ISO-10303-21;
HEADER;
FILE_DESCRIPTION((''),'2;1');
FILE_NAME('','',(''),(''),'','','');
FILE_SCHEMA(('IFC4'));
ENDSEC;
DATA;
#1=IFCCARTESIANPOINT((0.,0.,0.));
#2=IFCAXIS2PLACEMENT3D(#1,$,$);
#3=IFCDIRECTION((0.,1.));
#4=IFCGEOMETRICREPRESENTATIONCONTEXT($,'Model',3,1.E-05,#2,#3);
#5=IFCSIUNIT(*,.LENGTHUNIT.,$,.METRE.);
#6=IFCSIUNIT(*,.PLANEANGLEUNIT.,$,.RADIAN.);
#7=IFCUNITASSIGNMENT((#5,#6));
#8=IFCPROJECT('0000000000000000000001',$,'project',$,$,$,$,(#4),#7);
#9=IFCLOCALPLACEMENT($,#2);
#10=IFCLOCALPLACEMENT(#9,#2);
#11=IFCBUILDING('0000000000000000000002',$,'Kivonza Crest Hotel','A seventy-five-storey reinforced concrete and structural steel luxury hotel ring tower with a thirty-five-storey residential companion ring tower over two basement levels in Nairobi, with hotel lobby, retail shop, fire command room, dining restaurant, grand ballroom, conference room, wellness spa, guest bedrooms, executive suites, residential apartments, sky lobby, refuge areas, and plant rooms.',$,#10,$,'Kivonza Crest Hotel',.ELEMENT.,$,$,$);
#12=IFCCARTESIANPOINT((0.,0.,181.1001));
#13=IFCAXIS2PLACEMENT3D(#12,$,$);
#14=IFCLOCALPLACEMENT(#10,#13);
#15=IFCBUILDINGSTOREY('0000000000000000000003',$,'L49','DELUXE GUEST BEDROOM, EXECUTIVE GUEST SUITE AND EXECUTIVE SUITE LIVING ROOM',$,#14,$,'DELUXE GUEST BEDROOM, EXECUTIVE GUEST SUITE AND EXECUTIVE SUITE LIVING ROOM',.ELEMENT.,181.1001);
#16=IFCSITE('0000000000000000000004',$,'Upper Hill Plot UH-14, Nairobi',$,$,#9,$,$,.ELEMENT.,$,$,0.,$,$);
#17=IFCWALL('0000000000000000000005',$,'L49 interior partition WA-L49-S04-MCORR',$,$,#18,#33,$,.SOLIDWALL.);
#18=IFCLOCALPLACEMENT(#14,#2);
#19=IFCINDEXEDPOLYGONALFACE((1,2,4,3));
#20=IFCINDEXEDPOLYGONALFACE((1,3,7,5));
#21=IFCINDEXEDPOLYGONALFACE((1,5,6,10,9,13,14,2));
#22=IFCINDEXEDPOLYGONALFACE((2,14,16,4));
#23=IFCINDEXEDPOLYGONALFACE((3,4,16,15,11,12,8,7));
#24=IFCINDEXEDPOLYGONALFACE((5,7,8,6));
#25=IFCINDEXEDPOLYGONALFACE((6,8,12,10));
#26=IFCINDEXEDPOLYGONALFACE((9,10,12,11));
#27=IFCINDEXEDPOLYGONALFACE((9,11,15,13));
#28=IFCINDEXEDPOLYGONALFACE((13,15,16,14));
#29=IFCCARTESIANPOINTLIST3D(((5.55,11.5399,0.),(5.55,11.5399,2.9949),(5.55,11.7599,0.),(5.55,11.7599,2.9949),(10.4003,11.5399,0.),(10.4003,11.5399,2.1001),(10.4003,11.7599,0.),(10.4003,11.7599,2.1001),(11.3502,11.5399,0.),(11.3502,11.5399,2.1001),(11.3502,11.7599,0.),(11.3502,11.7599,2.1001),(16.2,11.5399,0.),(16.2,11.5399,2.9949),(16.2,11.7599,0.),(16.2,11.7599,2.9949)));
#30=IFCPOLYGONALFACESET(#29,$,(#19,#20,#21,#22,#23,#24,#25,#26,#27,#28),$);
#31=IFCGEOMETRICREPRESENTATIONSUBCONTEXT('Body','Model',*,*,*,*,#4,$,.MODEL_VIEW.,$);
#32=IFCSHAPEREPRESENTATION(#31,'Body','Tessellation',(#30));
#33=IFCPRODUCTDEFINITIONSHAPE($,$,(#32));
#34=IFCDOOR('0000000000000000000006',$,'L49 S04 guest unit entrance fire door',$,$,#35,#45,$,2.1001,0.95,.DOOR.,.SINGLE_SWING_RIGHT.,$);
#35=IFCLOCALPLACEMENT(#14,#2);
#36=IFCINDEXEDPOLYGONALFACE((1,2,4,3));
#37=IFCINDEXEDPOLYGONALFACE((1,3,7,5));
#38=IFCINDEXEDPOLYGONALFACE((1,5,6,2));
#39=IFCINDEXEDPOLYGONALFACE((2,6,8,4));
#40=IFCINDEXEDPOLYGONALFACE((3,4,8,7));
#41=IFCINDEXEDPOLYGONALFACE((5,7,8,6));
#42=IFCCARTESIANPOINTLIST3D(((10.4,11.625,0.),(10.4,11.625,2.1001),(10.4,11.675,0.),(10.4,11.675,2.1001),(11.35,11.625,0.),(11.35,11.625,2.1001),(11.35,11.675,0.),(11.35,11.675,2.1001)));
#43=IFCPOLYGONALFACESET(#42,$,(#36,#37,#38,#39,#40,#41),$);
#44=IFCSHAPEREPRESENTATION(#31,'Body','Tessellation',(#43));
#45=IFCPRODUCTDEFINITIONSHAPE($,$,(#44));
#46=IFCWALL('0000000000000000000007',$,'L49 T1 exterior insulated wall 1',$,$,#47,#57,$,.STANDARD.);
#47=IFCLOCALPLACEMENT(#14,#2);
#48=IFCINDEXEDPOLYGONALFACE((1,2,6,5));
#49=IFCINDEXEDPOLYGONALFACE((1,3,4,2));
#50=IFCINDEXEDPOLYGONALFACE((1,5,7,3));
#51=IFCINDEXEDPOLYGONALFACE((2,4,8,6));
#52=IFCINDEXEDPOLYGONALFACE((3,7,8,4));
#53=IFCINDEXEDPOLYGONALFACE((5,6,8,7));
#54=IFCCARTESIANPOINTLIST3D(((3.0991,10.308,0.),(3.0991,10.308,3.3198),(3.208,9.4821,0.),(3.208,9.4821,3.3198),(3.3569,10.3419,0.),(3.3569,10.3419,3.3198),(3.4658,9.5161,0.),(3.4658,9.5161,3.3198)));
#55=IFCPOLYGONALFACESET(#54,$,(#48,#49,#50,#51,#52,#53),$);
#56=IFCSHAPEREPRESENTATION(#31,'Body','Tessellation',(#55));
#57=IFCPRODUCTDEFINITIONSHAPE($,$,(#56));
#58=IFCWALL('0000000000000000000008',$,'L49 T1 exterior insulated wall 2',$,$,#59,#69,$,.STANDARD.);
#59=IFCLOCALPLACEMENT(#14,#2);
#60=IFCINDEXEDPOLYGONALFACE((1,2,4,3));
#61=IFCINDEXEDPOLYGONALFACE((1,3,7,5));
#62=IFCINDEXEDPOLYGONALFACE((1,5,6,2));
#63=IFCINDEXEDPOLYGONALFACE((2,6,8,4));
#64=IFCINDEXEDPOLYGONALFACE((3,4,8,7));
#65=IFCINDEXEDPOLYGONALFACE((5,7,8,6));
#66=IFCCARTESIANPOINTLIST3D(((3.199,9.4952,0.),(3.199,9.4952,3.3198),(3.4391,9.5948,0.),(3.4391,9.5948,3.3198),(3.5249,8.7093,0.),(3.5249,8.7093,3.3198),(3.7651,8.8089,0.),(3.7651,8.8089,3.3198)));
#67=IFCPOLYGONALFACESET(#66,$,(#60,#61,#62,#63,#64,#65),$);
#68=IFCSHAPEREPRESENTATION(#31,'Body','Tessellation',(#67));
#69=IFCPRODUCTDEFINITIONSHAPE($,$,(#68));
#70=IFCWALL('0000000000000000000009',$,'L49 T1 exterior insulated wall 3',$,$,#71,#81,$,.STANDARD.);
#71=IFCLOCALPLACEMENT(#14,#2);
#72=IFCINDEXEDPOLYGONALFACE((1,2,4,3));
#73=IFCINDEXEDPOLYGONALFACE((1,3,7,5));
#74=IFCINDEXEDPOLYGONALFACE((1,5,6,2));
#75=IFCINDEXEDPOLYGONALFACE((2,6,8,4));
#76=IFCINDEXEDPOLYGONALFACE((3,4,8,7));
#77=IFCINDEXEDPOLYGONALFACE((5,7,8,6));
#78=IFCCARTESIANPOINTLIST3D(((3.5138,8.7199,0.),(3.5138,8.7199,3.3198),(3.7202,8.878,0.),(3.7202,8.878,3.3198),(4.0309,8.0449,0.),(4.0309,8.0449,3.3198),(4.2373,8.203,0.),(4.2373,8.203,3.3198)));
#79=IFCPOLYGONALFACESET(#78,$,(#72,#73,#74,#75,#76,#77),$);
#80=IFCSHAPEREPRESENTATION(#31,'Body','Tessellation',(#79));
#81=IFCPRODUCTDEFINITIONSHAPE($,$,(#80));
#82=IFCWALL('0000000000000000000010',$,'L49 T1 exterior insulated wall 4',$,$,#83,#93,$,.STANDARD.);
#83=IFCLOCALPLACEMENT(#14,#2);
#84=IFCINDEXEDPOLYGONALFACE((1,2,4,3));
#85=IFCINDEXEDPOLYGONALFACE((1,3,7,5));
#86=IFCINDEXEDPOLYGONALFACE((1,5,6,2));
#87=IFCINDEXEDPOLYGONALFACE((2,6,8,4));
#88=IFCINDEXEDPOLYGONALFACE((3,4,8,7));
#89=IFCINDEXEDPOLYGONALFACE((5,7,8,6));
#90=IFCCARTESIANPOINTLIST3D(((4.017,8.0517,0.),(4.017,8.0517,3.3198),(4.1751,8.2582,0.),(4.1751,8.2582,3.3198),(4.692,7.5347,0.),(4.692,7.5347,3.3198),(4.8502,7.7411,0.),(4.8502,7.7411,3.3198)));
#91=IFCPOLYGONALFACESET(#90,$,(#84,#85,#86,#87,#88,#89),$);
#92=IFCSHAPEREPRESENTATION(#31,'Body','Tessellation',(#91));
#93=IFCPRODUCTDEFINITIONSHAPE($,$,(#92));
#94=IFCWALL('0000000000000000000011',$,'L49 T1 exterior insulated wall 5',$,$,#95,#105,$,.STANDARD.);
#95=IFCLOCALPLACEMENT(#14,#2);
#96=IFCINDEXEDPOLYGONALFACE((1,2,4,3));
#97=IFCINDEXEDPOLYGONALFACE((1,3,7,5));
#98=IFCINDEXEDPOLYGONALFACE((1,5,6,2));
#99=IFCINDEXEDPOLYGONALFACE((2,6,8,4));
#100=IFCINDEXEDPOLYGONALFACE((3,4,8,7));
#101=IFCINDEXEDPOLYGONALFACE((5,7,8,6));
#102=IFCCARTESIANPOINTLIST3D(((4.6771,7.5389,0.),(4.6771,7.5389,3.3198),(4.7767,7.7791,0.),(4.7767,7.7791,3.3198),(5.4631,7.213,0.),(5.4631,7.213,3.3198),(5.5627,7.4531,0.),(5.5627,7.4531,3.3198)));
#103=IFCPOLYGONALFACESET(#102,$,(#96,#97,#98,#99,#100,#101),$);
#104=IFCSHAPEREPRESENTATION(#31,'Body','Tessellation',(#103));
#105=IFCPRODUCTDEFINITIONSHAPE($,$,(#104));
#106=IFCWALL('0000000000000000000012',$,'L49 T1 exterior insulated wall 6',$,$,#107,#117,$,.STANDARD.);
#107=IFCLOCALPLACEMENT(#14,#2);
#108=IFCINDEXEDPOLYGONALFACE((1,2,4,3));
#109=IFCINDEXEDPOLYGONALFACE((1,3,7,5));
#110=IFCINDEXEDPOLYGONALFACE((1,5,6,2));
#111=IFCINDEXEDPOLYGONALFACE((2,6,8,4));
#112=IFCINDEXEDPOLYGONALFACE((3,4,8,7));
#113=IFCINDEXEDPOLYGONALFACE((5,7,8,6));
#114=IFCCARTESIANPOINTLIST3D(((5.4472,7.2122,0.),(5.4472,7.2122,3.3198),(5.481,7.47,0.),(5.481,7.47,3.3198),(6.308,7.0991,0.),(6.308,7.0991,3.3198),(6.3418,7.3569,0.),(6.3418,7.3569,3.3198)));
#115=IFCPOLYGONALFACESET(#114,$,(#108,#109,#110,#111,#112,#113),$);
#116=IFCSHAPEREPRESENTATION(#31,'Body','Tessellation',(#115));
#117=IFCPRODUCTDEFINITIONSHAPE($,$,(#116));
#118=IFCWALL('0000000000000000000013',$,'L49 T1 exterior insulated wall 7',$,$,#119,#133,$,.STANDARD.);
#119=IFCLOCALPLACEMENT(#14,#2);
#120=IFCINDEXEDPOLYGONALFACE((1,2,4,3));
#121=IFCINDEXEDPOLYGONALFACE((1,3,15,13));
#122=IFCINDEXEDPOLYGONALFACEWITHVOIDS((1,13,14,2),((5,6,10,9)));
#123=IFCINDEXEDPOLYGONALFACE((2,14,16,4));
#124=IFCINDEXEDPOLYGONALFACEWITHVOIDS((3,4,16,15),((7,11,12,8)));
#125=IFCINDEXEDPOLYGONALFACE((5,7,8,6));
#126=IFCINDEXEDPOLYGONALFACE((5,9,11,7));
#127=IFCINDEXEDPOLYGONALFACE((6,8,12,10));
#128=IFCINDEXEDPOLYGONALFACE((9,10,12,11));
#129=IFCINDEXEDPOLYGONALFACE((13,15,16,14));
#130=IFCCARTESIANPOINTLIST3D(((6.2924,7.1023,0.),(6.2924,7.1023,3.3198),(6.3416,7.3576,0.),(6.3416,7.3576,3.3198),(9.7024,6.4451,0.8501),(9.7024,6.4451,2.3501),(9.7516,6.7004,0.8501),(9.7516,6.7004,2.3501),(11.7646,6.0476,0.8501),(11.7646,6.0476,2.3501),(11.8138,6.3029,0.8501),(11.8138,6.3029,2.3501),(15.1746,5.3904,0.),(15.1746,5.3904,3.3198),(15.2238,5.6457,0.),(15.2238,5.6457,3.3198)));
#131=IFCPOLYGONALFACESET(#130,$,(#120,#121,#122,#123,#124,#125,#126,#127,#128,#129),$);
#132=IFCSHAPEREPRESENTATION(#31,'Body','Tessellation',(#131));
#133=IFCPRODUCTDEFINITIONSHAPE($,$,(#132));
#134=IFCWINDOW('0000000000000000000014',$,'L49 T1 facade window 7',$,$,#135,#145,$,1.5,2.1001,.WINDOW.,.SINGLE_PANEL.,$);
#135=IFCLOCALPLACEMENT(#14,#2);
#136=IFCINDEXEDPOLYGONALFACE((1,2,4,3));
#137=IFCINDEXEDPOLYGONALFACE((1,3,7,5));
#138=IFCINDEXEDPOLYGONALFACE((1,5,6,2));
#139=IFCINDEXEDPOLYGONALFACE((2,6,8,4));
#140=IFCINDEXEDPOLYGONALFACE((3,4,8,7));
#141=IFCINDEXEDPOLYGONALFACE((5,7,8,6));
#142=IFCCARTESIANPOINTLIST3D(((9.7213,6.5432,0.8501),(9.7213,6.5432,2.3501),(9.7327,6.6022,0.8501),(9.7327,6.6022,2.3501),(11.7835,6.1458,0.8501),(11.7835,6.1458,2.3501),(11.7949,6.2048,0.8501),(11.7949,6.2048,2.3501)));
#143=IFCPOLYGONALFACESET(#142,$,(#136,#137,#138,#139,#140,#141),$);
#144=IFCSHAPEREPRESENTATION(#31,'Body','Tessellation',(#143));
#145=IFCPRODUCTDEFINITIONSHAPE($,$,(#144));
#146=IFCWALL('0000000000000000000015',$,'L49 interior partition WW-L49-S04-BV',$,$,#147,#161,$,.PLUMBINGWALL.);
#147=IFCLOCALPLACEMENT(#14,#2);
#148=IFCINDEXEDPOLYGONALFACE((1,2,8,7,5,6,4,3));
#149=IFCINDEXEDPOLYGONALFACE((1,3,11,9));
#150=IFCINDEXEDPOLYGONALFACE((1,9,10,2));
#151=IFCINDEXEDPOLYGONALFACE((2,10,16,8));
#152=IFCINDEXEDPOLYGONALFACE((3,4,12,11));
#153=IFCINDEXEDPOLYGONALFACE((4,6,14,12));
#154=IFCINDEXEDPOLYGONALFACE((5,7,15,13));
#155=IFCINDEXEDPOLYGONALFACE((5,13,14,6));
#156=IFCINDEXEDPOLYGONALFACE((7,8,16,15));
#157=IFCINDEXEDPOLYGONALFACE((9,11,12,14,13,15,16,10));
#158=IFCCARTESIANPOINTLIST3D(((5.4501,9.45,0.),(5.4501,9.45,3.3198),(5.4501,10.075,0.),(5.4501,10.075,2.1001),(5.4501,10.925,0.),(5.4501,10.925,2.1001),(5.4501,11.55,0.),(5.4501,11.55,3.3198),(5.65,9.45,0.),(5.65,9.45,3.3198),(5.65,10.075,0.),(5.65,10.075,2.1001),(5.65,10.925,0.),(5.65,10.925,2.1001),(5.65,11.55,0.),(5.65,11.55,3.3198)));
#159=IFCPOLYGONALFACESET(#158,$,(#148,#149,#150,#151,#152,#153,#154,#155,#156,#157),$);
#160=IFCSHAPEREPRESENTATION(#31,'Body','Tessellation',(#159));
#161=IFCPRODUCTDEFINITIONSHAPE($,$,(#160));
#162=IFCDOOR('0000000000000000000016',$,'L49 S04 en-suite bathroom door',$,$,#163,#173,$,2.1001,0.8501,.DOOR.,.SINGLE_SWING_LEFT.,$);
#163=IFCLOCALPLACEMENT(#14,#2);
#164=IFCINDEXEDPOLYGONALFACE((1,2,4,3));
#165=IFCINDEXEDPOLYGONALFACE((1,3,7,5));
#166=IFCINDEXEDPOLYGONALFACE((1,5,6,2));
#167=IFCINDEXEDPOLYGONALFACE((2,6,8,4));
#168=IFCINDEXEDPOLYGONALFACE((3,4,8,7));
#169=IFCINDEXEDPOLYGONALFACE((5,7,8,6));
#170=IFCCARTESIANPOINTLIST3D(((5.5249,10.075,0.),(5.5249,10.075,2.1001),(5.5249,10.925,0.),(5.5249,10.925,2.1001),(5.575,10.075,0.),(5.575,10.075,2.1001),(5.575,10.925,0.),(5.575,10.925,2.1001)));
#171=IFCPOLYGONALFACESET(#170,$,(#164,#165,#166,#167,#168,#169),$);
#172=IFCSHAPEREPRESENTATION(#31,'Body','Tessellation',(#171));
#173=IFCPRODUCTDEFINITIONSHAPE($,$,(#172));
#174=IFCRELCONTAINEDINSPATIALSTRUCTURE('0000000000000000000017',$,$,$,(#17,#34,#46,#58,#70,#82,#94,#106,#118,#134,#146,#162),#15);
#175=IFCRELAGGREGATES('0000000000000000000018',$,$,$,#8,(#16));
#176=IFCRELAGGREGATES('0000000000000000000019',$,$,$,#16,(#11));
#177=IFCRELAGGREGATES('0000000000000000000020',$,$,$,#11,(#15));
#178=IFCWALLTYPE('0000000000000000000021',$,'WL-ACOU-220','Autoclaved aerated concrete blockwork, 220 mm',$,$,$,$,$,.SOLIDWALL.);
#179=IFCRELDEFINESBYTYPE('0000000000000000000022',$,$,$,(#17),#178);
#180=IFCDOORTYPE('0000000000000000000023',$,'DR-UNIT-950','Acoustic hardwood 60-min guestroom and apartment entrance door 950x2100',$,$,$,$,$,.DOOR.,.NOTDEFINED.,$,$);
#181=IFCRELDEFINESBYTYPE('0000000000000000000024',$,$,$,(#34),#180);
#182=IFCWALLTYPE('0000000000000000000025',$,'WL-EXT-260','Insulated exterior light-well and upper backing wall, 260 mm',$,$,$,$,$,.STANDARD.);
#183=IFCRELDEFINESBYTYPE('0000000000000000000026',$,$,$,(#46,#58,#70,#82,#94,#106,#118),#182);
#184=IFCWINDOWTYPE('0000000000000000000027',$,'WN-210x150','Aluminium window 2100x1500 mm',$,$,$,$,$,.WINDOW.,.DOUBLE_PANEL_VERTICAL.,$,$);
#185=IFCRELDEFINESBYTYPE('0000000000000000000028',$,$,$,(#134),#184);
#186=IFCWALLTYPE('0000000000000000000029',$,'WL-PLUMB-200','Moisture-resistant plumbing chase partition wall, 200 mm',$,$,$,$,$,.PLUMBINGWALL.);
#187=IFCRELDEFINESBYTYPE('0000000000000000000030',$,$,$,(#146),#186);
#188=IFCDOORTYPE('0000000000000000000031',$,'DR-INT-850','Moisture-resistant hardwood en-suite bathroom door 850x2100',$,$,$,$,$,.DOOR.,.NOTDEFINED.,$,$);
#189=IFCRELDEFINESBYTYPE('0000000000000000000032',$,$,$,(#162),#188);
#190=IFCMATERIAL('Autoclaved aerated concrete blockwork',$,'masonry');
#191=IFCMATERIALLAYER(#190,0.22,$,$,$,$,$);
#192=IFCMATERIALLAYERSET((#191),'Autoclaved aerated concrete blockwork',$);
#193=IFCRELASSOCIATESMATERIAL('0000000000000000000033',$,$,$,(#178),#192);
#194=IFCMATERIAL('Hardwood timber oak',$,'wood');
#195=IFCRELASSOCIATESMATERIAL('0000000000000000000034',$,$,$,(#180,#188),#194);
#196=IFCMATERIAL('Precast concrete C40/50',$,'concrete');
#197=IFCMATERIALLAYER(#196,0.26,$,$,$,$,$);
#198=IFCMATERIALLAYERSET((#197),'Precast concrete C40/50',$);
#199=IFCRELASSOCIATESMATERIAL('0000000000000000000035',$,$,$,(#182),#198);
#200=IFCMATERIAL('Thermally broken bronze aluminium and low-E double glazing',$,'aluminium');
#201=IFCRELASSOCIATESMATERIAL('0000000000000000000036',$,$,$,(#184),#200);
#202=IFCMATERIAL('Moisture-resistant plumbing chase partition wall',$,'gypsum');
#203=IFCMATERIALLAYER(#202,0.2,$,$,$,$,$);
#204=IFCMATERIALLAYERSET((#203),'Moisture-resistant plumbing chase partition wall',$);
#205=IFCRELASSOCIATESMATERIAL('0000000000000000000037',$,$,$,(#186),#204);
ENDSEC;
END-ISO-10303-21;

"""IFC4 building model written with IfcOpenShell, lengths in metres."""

from ifc_helpers import new_model, si_unit, direction, frame, frame_2d, origin, place, context, subcontext, project, spatial, rectangle, extrude, material, layer, layer_set, type_object, element, fill, save


model = new_model("IFC4")

# Units and contexts
model_context = context("Model", 3, precision=1e-05, world=origin(), true_north=direction((0.0, 1.0)))
body_context = subcontext(model_context, "Body", "Model", "MODEL_VIEW")
ifc_project = project(units=[si_unit("LENGTHUNIT", "METRE"), si_unit("PLANEANGLEUNIT", "RADIAN")], contexts=[model_context])

# Site, building, storey
site_placement = place(None, origin())
site = spatial("IfcSite", under=ifc_project, at=site_placement, Name="Upper Hill Plot UH-14, Nairobi", CompositionType="ELEMENT", RefElevation=0.0)
building_placement = place(site_placement, origin())
building = spatial("IfcBuilding", under=site, at=building_placement, Name="Kivonza Crest Hotel", Description="A seventy-five-storey reinforced concrete and structural steel luxury hotel ring tower with a thirty-five-storey residential companion ring tower over two basement levels in Nairobi, with hotel lobby, retail shop, fire command room, dining restaurant, grand ballroom, conference room, wellness spa, guest bedrooms, executive suites, residential apartments, sky lobby, refuge areas, and plant rooms.", LongName="Kivonza Crest Hotel", CompositionType="ELEMENT")
storey_placement = place(building_placement, frame((0.0, 0.0, 181.1001)))
storey = spatial("IfcBuildingStorey", under=building, at=storey_placement, Name="L49", Description="DELUXE GUEST BEDROOM, EXECUTIVE GUEST SUITE AND EXECUTIVE SUITE LIVING ROOM", LongName="DELUXE GUEST BEDROOM, EXECUTIVE GUEST SUITE AND EXECUTIVE SUITE LIVING ROOM", CompositionType="ELEMENT", Elevation=181.1001)

# Shared definitions
ifc_material_1 = material(Name="Autoclaved aerated concrete blockwork", Category="masonry")
ifc_layer_1 = layer(ifc_material_1, 0.22)
ifc_layer_set_1 = layer_set([ifc_layer_1], Name="Autoclaved aerated concrete blockwork")
wall_type_1 = type_object("IfcWallType", Name="WL-ACOU-220", Description="Autoclaved aerated concrete blockwork, 220 mm", PredefinedType="SOLIDWALL", material=ifc_layer_set_1)

# Wall, opening, door
wall_1_placement = place(storey_placement, frame((5.55, 11.6499, 0.0), z_axis=(0.0, 0.0, 1.0), x_axis=(1.0, 0.0, 0.0)))
wall_1 = element("IfcWall", 1, at=wall_1_placement, inside=storey, type_object=wall_type_1, Name="L49 interior partition WA-L49-S04-MCORR", PredefinedType="SOLIDWALL", context=body_context, shape_type="SweptSolid", body=[
    extrude(rectangle(XDim=10.6499, YDim=0.22, at=frame_2d((5.325, 0.0))), origin(), (0.0, 0.0, 1.0), 2.9949),
])
opening_1_placement = place(wall_1_placement, frame((4.8501, 0.0, 0.0)))
opening_1 = element("IfcOpeningElement", 2, at=opening_1_placement, cuts=wall_1, PredefinedType="OPENING", context=body_context, shape_type="SweptSolid", body=[
    extrude(rectangle(XDim=0.95, YDim=2.1001, at=frame_2d((0.4751, 1.05))), frame((0.0, 0.1201, 0.0), z_axis=(0.0, -1.0, 0.0), x_axis=(1.0, 0.0, 0.0)), (0.0, 0.0, 1.0), 0.24),
])
ifc_material_2 = material(Name="Hardwood timber oak", Category="wood")
door_type_1 = type_object("IfcDoorType", Name="DR-UNIT-950", Description="Acoustic hardwood 60-min guestroom and apartment entrance door 950x2100", OperationType="NOTDEFINED", PredefinedType="DOOR", material=ifc_material_2)
door_1_placement = place(opening_1_placement, frame((0.95, 0.0, 0.0), z_axis=(0.0, 0.0, 1.0), x_axis=(-1.0, 0.0, 0.0)))
door_1 = element("IfcDoor", 3, at=door_1_placement, inside=storey, type_object=door_type_1, Name="L49 S04 guest unit entrance fire door", OperationType="SINGLE_SWING_RIGHT", OverallHeight=2.1001, OverallWidth=0.95, PredefinedType="DOOR", context=body_context, shape_type="SweptSolid", body=[
    extrude(rectangle(XDim=0.95, YDim=2.1001, at=frame_2d((0.4751, 1.05))), frame((0.0, 0.0249, 0.0), z_axis=(0.0, -1.0, 0.0), x_axis=(1.0, 0.0, 0.0)), (0.0, 0.0, 1.0), 0.05),
])
fill(opening_1, door_1)

# Walls
ifc_material_3 = material(Name="Precast concrete C40/50", Category="concrete")
ifc_layer_2 = layer(ifc_material_3, 0.26)
ifc_layer_set_2 = layer_set([ifc_layer_2], Name="Precast concrete C40/50")
wall_type_2 = type_object("IfcWallType", Name="WL-EXT-260", Description="Insulated exterior light-well and upper backing wall, 260 mm", PredefinedType="STANDARD", material=ifc_layer_set_2)
wall_2_placement = place(storey_placement, frame((3.228, 10.325, 0.0), z_axis=(0.0, 0.0, 1.0), x_axis=(0.130705, -0.991421, 0.0)))
element("IfcWall", 4, at=wall_2_placement, inside=storey, type_object=wall_type_2, Name="L49 T1 exterior insulated wall 1", PredefinedType="STANDARD", context=body_context, shape_type="SweptSolid", body=[
    extrude(rectangle(XDim=0.833, YDim=0.26, at=frame_2d((0.4165, 0.0))), origin(), (0.0, 0.0, 1.0), 3.3198),
])
wall_3_placement = place(storey_placement, frame((3.3191, 9.5449, 0.0), z_axis=(0.0, 0.0, 1.0), x_axis=(0.383087, -0.923712, 0.0)))
element("IfcWall", 5, at=wall_3_placement, inside=storey, type_object=wall_type_2, Name="L49 T1 exterior insulated wall 2", PredefinedType="STANDARD", context=body_context, shape_type="SweptSolid", body=[
    extrude(rectangle(XDim=0.8508, YDim=0.26, at=frame_2d((0.4253, 0.0))), origin(), (0.0, 0.0, 1.0), 3.3198),
])
for number, where, z_axis, x_axis, name in (
    (6, (3.6169, 8.7991, 0.0), (0.0, 0.0, 1.0), (0.6081, -0.79386, 0.0), "L49 T1 exterior insulated wall 3"),
    (7, (4.0959, 8.155, 0.0), (0.0, 0.0, 1.0), (0.79386, -0.6081, 0.0), "L49 T1 exterior insulated wall 4"),
):
    element("IfcWall", number, at=place(storey_placement, frame(where, z_axis=z_axis, x_axis=x_axis)), inside=storey, type_object=wall_type_2, Name=name, PredefinedType="STANDARD", context=body_context, shape_type="SweptSolid", body=[
        extrude(rectangle(XDim=0.8503, YDim=0.26, at=frame_2d((0.4253, 0.0))), origin(), (0.0, 0.0, 1.0), 3.3198),
    ])
wall_4_placement = place(storey_placement, frame((4.7271, 7.6589, 0.0), z_axis=(0.0, 0.0, 1.0), x_axis=(0.923712, -0.383087, 0.0)))
element("IfcWall", 8, at=wall_4_placement, inside=storey, type_object=wall_type_2, Name="L49 T1 exterior insulated wall 5", PredefinedType="STANDARD", context=body_context, shape_type="SweptSolid", body=[
    extrude(rectangle(XDim=0.8508, YDim=0.26, at=frame_2d((0.4253, 0.0))), origin(), (0.0, 0.0, 1.0), 3.3198),
])
wall_5_placement = place(storey_placement, frame((5.4641, 7.3411, 0.0), z_axis=(0.0, 0.0, 1.0), x_axis=(0.991489, -0.130193, 0.0)))
element("IfcWall", 9, at=wall_5_placement, inside=storey, type_object=wall_type_2, Name="L49 T1 exterior insulated wall 6", PredefinedType="STANDARD", context=body_context, shape_type="SweptSolid", body=[
    extrude(rectangle(XDim=0.8682, YDim=0.26, at=frame_2d((0.4341, 0.0))), origin(), (0.0, 0.0, 1.0), 3.3198),
])

# Wall, opening, window
wall_6_placement = place(storey_placement, frame((6.3169, 7.23, 0.0), z_axis=(0.0, 0.0, 1.0), x_axis=(0.981928, -0.189255, 0.0)))
wall_6 = element("IfcWall", 10, at=wall_6_placement, inside=storey, type_object=wall_type_2, Name="L49 T1 exterior insulated wall 7", PredefinedType="STANDARD", context=body_context, shape_type="SweptSolid", body=[
    extrude(rectangle(XDim=9.0457, YDim=0.26, at=frame_2d((4.5229, 0.0))), origin(), (0.0, 0.0, 1.0), 3.3198),
])
opening_2_placement = place(wall_6_placement, frame((3.4729, 0.0, 0.8501)))
opening_2 = element("IfcOpeningElement", 11, at=opening_2_placement, cuts=wall_6, PredefinedType="OPENING", context=body_context, shape_type="SweptSolid", body=[
    extrude(rectangle(XDim=2.1001, YDim=1.5, at=frame_2d((1.05, 0.75))), frame((0.0, 0.1401, 0.0), z_axis=(0.0, -1.0, 0.0), x_axis=(1.0, 0.0, 0.0)), (0.0, 0.0, 1.0), 0.28),
])
ifc_material_4 = material(Name="Thermally broken bronze aluminium and low-E double glazing", Category="aluminium")
window_type = type_object("IfcWindowType", Name="WN-210x150", Description="Aluminium window 2100x1500 mm", PartitioningType="DOUBLE_PANEL_VERTICAL", PredefinedType="WINDOW", material=ifc_material_4)
window_placement = place(opening_2_placement, origin())
window = element("IfcWindow", 12, at=window_placement, inside=storey, type_object=window_type, Name="L49 T1 facade window 7", OverallHeight=1.5, OverallWidth=2.1001, PartitioningType="SINGLE_PANEL", PredefinedType="WINDOW", context=body_context, shape_type="SweptSolid", body=[
    extrude(rectangle(XDim=2.1001, YDim=1.5, at=frame_2d((1.05, 0.75))), frame((0.0, 0.03, 0.0), z_axis=(0.0, -1.0, 0.0), x_axis=(1.0, 0.0, 0.0)), (0.0, 0.0, 1.0), 0.0601),
])
fill(opening_2, window)

# Wall, opening, door
ifc_material_5 = material(Name="Moisture-resistant plumbing chase partition wall", Category="gypsum")
ifc_layer_3 = layer(ifc_material_5, 0.2)
ifc_layer_set_3 = layer_set([ifc_layer_3], Name="Moisture-resistant plumbing chase partition wall")
wall_type_3 = type_object("IfcWallType", Name="WL-PLUMB-200", Description="Moisture-resistant plumbing chase partition wall, 200 mm", PredefinedType="PLUMBINGWALL", material=ifc_layer_set_3)
wall_7_placement = place(storey_placement, frame((5.55, 9.45, 0.0), z_axis=(0.0, 0.0, 1.0), x_axis=(0.0, 1.0, 0.0)))
wall_7 = element("IfcWall", 13, at=wall_7_placement, inside=storey, type_object=wall_type_3, Name="L49 interior partition WW-L49-S04-BV", PredefinedType="PLUMBINGWALL", context=body_context, shape_type="SweptSolid", body=[
    extrude(rectangle(XDim=2.1001, YDim=0.2, at=frame_2d((1.05, 0.0))), origin(), (0.0, 0.0, 1.0), 3.3198),
])
opening_3_placement = place(wall_7_placement, frame((0.625, 0.0, 0.0)))
opening_3 = element("IfcOpeningElement", 14, at=opening_3_placement, cuts=wall_7, PredefinedType="OPENING", context=body_context, shape_type="SweptSolid", body=[
    extrude(rectangle(XDim=0.8501, YDim=2.1001, at=frame_2d((0.425, 1.05))), frame((0.0, 0.1099, 0.0), z_axis=(0.0, -1.0, 0.0), x_axis=(1.0, 0.0, 0.0)), (0.0, 0.0, 1.0), 0.22),
])
door_type_2 = type_object("IfcDoorType", Name="DR-INT-850", Description="Moisture-resistant hardwood en-suite bathroom door 850x2100", OperationType="NOTDEFINED", PredefinedType="DOOR", material=ifc_material_2)
door_2_placement = place(opening_3_placement, frame((0.8501, 0.0, 0.0), z_axis=(0.0, 0.0, 1.0), x_axis=(-1.0, 0.0, 0.0)))
door_2 = element("IfcDoor", 15, at=door_2_placement, inside=storey, type_object=door_type_2, Name="L49 S04 en-suite bathroom door", OperationType="SINGLE_SWING_LEFT", OverallHeight=2.1001, OverallWidth=0.8501, PredefinedType="DOOR", context=body_context, shape_type="SweptSolid", body=[
    extrude(rectangle(XDim=0.8501, YDim=2.1001, at=frame_2d((0.425, 1.05))), frame((0.0, 0.0249, 0.0), z_axis=(0.0, -1.0, 0.0), x_axis=(1.0, 0.0, 0.0)), (0.0, 0.0, 1.0), 0.05),
])
fill(opening_3, door_2)

save(model, "model.ifc")
